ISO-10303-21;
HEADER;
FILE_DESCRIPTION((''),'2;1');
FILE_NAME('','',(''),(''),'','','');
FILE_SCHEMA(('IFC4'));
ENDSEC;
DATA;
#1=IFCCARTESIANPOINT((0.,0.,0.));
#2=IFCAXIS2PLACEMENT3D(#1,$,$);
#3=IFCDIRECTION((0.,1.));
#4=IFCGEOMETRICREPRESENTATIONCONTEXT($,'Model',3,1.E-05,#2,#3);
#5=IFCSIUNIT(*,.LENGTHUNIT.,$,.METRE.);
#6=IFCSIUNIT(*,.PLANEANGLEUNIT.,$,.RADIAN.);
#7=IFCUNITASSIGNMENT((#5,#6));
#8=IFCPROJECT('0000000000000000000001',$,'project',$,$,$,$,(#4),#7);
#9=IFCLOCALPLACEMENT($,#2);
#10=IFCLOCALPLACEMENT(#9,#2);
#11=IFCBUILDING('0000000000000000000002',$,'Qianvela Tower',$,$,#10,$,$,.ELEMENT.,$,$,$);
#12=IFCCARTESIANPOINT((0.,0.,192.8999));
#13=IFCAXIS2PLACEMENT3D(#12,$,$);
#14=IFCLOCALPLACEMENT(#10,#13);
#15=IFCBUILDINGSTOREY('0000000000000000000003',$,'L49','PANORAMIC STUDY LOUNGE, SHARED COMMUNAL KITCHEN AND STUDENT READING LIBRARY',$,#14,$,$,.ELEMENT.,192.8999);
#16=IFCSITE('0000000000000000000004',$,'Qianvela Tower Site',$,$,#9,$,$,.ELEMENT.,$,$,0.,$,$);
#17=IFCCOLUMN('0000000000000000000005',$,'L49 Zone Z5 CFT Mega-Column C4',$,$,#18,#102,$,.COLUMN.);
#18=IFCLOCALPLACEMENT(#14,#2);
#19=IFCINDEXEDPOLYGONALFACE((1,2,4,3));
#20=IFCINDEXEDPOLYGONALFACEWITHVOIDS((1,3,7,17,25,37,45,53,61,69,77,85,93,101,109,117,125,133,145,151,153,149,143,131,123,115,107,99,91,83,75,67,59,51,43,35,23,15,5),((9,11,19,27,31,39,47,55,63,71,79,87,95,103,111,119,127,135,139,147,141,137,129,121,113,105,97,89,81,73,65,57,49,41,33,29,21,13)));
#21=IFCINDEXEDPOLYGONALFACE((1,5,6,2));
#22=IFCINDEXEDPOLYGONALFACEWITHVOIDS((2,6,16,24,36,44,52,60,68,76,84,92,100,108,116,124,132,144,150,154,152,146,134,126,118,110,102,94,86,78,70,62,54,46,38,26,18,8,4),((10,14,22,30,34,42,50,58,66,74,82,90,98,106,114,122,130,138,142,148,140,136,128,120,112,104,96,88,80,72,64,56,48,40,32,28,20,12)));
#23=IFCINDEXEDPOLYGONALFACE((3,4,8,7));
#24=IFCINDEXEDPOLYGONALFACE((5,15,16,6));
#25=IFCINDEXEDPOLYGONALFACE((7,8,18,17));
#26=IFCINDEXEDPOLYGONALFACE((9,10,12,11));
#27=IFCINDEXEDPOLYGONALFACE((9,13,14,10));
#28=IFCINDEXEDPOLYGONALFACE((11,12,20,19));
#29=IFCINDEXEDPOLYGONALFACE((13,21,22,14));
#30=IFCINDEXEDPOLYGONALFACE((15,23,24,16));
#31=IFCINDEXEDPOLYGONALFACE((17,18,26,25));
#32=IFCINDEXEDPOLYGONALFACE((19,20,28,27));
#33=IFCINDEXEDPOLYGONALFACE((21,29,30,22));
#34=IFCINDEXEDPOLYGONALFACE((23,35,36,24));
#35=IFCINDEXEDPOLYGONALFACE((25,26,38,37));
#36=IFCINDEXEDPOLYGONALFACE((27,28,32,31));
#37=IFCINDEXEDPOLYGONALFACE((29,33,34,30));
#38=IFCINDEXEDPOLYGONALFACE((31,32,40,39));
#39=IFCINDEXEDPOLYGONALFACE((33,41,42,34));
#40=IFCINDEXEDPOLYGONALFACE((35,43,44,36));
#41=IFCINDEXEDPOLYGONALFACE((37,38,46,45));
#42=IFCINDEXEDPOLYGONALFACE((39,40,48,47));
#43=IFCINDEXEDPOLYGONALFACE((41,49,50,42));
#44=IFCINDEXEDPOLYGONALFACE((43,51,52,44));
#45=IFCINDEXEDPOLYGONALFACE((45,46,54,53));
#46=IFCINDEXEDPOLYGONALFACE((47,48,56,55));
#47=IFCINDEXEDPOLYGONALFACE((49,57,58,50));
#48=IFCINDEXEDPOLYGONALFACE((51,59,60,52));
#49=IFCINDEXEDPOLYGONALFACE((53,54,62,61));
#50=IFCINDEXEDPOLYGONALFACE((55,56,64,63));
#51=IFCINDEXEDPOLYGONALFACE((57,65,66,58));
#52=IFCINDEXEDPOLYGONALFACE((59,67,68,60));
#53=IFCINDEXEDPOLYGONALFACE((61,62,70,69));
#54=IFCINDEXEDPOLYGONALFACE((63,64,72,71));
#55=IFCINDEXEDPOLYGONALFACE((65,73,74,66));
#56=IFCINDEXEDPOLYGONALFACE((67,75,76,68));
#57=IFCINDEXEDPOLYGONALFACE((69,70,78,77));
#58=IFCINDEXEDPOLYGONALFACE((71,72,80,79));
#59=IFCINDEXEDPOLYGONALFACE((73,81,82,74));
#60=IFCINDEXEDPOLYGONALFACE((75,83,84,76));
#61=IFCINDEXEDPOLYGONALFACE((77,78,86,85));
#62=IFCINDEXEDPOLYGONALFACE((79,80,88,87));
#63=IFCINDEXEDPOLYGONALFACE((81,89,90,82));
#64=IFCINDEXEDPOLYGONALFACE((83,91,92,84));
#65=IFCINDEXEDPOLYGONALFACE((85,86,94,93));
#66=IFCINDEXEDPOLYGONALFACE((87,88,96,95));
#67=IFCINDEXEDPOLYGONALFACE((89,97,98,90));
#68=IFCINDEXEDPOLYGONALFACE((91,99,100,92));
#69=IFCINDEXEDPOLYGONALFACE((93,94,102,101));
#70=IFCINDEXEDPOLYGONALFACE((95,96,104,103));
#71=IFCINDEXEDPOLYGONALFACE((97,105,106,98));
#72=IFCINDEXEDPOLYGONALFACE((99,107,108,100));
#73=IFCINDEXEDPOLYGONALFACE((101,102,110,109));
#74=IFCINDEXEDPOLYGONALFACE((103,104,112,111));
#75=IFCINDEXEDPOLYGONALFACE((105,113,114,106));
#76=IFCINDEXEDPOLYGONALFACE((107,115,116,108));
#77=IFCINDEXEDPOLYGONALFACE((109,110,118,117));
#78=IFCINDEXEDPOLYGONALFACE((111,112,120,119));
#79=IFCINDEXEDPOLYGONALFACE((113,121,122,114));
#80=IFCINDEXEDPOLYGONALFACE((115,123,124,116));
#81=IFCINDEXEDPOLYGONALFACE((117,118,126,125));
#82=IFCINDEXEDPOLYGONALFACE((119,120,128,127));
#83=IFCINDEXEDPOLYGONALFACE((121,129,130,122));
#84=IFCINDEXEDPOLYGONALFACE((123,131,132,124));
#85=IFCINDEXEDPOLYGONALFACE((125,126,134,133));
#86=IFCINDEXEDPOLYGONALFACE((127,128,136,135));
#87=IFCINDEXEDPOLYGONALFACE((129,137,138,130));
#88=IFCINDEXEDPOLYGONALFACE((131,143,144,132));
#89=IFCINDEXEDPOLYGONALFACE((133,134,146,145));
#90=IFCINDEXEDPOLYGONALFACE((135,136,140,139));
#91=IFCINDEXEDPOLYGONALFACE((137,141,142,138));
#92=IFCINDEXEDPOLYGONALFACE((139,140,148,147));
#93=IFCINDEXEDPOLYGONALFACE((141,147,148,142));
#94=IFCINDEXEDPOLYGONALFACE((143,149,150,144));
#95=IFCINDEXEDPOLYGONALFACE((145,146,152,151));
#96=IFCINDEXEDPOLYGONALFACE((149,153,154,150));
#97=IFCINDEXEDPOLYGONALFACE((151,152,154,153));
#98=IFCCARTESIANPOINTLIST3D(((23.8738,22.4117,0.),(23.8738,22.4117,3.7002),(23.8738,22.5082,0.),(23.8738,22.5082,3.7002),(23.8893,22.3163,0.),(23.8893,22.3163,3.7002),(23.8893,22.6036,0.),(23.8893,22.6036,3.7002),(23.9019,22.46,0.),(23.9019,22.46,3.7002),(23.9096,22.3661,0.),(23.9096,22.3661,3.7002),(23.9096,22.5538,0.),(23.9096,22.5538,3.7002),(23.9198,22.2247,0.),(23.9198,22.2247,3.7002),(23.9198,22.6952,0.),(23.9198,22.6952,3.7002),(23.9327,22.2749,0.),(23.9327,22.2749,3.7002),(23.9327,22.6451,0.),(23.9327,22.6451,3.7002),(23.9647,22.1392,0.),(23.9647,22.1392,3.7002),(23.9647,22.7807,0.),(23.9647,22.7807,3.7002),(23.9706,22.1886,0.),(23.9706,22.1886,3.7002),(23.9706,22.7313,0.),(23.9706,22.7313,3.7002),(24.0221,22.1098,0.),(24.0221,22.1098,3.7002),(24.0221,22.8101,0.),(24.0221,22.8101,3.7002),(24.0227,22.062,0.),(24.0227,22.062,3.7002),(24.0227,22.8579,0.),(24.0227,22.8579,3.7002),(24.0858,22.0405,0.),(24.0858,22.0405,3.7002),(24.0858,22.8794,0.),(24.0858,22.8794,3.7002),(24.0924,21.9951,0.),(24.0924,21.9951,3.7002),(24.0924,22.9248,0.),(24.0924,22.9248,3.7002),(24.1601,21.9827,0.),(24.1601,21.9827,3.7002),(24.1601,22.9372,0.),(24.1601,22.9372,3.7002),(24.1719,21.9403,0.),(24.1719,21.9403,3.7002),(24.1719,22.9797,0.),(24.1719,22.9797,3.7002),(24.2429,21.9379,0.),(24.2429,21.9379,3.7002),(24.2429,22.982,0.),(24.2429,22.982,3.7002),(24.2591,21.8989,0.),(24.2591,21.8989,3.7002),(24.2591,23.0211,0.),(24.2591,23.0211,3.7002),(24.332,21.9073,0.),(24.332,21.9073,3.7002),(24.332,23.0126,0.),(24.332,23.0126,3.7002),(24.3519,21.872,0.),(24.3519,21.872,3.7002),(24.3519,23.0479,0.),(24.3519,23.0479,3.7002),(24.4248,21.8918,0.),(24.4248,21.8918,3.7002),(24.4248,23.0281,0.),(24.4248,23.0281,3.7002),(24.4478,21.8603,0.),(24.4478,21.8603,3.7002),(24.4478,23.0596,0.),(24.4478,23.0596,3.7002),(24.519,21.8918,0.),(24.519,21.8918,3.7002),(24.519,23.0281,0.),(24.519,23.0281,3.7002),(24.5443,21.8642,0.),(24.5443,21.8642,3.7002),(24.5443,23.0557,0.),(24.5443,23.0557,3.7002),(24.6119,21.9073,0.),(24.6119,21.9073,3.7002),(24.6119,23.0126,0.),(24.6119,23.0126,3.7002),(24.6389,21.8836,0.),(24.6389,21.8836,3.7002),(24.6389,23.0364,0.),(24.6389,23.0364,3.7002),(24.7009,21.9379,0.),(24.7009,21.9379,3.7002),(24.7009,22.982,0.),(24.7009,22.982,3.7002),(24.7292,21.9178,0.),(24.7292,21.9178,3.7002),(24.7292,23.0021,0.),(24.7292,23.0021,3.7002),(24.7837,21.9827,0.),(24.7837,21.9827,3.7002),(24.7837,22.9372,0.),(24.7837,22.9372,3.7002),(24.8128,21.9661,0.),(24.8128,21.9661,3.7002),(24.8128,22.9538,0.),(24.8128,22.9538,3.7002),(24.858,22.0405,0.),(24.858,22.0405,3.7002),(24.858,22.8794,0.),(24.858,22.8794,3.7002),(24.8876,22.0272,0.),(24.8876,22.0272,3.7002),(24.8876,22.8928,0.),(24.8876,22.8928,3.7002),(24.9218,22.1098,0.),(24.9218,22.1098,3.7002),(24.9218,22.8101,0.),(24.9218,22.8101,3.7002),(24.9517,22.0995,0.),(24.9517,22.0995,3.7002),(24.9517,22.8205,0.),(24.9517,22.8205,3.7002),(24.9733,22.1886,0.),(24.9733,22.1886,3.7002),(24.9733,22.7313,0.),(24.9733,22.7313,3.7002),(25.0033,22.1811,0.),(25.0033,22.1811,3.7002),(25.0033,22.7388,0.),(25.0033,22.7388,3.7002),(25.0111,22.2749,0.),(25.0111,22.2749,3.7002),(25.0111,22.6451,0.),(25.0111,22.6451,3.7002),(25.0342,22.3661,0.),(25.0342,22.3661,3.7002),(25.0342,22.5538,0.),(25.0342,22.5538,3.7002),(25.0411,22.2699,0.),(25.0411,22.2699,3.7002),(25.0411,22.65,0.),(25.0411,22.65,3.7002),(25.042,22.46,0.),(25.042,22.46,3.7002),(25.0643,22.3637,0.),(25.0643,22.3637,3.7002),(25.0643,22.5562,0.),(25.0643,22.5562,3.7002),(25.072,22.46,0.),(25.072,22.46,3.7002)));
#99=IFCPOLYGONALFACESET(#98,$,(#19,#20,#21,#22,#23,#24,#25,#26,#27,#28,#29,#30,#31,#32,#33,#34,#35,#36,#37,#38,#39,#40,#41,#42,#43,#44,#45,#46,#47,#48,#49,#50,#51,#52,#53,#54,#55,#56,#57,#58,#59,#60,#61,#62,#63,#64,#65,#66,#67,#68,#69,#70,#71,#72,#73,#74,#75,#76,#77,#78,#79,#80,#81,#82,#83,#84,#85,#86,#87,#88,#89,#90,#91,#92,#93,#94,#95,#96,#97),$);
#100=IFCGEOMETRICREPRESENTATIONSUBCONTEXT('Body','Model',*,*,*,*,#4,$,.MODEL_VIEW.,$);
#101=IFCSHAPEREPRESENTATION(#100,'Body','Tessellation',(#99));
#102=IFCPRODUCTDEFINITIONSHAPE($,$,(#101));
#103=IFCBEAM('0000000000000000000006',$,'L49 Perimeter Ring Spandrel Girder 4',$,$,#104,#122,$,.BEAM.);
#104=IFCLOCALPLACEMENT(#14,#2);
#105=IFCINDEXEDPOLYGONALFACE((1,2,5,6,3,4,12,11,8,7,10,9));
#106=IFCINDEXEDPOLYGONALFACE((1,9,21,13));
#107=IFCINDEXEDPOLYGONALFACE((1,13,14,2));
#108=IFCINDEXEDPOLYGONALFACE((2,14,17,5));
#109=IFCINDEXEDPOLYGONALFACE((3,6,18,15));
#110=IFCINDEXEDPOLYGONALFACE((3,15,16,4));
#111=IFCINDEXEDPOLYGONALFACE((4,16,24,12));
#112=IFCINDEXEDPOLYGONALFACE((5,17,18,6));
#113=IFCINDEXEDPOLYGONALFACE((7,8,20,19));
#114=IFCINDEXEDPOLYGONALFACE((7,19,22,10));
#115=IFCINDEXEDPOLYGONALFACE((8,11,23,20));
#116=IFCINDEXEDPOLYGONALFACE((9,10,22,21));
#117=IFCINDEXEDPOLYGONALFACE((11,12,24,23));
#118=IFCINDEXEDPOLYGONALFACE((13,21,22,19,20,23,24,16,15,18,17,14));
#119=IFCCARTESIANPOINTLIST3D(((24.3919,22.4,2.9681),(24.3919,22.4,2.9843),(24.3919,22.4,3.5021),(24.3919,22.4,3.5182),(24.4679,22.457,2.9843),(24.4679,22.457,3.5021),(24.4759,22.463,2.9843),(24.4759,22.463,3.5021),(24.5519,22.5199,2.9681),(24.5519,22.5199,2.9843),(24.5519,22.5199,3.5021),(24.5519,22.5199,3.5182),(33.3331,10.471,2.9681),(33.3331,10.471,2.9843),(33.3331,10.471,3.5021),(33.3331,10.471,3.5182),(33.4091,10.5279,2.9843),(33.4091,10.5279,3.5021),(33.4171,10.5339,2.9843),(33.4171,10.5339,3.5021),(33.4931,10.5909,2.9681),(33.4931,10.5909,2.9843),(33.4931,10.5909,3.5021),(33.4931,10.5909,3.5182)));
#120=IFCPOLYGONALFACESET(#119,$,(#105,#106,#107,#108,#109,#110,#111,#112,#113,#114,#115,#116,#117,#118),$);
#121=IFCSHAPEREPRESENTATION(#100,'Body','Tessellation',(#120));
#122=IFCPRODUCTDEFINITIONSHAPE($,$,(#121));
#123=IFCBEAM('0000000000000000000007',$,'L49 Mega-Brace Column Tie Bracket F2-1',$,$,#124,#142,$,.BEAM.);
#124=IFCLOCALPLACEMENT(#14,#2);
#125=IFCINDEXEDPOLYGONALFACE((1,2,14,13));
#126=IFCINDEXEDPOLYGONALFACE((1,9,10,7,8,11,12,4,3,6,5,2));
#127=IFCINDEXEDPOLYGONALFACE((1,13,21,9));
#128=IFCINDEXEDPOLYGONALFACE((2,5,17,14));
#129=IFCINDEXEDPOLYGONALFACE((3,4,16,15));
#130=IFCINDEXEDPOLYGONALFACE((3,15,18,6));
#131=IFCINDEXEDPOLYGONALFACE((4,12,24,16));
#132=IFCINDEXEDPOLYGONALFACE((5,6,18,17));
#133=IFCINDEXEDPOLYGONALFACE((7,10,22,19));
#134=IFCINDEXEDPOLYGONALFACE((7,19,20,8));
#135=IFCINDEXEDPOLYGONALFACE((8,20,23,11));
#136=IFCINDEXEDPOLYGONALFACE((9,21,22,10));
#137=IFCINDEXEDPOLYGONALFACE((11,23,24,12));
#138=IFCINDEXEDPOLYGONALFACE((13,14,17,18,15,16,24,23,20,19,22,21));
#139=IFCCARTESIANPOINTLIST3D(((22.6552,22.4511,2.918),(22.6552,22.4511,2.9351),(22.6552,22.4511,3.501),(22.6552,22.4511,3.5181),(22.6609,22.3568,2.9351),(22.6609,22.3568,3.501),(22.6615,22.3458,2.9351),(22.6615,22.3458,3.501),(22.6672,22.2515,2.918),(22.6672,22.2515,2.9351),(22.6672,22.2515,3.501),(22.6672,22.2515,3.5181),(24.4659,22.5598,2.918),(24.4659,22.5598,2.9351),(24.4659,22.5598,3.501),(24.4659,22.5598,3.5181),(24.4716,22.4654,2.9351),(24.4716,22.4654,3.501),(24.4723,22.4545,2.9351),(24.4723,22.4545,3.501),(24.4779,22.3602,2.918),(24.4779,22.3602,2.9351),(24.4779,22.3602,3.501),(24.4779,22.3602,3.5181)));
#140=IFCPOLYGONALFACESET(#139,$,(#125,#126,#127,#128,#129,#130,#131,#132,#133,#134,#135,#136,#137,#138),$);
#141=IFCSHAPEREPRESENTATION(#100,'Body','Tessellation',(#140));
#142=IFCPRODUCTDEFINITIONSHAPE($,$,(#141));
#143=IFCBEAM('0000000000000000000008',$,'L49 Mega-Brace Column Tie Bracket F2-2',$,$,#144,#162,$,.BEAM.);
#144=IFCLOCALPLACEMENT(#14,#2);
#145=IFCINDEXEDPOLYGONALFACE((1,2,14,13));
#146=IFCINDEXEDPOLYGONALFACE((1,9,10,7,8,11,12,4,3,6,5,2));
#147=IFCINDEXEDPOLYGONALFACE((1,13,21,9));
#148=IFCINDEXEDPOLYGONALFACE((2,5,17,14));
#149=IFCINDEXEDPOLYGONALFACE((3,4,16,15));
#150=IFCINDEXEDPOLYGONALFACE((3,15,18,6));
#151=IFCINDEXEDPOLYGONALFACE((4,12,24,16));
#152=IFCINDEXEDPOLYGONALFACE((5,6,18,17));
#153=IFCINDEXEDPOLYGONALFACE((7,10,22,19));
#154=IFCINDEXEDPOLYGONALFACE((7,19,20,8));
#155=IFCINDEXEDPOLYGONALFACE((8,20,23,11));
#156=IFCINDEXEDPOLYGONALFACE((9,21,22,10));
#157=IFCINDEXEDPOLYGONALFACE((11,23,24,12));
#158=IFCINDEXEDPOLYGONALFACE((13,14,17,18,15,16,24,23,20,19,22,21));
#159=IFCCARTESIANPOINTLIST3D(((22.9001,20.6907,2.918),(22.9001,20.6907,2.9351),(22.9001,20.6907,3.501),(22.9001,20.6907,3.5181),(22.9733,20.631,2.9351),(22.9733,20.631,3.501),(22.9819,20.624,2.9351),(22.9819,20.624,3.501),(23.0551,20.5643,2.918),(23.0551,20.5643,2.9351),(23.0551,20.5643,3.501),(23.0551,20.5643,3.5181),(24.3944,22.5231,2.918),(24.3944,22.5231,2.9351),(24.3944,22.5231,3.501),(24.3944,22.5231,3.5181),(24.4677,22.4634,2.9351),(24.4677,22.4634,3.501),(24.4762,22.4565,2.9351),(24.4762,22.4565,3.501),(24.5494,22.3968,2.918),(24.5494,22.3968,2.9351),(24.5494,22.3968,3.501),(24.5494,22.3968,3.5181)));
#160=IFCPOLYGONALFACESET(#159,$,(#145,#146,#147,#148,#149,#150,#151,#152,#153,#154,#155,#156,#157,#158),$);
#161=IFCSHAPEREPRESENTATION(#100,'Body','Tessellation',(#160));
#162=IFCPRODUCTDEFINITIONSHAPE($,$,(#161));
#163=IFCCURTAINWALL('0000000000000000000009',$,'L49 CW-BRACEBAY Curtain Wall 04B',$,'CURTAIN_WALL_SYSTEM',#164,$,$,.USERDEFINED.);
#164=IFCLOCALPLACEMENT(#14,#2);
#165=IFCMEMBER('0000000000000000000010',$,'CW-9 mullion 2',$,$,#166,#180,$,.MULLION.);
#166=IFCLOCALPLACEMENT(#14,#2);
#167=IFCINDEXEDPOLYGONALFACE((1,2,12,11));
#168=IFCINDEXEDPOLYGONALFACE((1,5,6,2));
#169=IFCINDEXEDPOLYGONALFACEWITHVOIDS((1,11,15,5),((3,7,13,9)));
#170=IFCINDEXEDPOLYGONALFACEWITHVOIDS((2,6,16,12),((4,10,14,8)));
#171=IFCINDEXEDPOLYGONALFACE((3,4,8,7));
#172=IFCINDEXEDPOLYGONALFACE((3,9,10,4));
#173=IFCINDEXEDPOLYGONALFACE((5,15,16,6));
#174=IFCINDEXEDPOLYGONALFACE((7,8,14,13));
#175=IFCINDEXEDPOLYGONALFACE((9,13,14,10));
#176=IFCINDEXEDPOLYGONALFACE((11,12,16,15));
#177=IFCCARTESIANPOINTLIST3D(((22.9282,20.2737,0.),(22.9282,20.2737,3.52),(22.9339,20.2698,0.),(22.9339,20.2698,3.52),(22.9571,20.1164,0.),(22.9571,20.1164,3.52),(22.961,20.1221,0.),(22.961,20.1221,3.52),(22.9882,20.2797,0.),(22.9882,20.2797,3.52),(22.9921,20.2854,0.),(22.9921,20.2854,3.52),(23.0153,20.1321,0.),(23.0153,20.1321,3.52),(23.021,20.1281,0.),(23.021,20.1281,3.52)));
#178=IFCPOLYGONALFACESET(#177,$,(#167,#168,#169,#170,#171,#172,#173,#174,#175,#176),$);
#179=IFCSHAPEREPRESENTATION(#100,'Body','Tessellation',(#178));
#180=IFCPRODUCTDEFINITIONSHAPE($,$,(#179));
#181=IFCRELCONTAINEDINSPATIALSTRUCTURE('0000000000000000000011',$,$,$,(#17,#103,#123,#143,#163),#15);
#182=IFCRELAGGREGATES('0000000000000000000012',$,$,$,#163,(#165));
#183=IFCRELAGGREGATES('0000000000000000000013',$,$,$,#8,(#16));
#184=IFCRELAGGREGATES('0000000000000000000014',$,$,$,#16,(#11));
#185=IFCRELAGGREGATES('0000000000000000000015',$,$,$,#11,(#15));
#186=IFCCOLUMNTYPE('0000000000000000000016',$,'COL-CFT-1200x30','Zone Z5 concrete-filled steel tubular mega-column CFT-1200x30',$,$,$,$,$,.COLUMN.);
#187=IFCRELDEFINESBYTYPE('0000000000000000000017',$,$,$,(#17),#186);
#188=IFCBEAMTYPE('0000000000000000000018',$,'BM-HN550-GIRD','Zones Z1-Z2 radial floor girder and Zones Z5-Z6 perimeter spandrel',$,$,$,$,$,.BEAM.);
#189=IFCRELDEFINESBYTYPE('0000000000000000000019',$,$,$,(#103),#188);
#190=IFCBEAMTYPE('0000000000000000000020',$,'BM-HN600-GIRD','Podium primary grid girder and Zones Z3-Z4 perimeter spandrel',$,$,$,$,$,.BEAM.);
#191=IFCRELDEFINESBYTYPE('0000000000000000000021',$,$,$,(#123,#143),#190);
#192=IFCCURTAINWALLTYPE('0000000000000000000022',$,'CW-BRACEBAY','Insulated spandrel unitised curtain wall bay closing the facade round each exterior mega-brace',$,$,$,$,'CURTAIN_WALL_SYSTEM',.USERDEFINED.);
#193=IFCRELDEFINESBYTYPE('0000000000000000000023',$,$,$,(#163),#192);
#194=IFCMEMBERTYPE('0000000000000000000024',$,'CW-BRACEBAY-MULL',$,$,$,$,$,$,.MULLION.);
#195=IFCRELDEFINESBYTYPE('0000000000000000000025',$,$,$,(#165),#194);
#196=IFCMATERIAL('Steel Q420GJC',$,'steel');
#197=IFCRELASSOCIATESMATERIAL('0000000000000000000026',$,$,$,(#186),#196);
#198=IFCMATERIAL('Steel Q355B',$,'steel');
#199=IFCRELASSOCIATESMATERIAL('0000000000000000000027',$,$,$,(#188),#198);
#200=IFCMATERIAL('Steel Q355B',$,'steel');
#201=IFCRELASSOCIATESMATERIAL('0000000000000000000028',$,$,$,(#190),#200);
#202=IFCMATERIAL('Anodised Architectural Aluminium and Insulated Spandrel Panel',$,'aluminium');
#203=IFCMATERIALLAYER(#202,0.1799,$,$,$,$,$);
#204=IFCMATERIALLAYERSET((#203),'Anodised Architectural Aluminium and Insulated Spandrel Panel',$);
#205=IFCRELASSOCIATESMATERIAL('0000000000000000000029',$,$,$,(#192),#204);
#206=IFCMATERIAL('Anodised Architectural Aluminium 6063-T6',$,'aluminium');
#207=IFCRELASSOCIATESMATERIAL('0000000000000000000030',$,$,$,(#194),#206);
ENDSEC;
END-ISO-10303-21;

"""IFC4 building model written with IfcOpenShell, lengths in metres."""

from ifc_helpers import new_model, si_unit, direction, frame, origin, origin_2d, place, context, subcontext, project, spatial, hollow_rectangle, hollow_circle, i_section, extrude, material, layer, layer_set, material_profile, profile_set, type_object, element, aggregate, save


model = new_model("IFC4")

# Units and contexts
model_context = context("Model", 3, precision=1e-05, world=origin(), true_north=direction((0.0, 1.0)))
body_context = subcontext(model_context, "Body", "Model", "MODEL_VIEW")
ifc_project = project(units=[si_unit("LENGTHUNIT", "METRE"), si_unit("PLANEANGLEUNIT", "RADIAN")], contexts=[model_context])

# Site, building, storey
site_placement = place(None, origin())
site = spatial("IfcSite", under=ifc_project, at=site_placement, Name="Qianvela Tower Site", CompositionType="ELEMENT", RefElevation=0.0)
building_placement = place(site_placement, origin())
building = spatial("IfcBuilding", under=site, at=building_placement, Name="Qianvela Tower", CompositionType="ELEMENT")
storey_placement = place(building_placement, frame((0.0, 0.0, 192.8999)))
storey = spatial("IfcBuildingStorey", under=building, at=storey_placement, Name="L49", Description="PANORAMIC STUDY LOUNGE, SHARED COMMUNAL KITCHEN AND STUDENT READING LIBRARY", CompositionType="ELEMENT", Elevation=192.8999)

# Column
ifc_material_1 = material(Name="Steel Q420GJC", Category="steel")
ifc_material_profile_1 = material_profile(ifc_material_1, hollow_circle(Radius=0.6001, WallThickness=0.03, at=origin_2d()), Name="CFT-1200x30")
ifc_profile_set_1 = profile_set([ifc_material_profile_1], Name="Steel Q420GJC")
column_type = type_object("IfcColumnType", Name="COL-CFT-1200x30", Description="Zone Z5 concrete-filled steel tubular mega-column CFT-1200x30", PredefinedType="COLUMN", material=ifc_profile_set_1)
column_placement = place(storey_placement, frame((24.4719, 22.46, 0.0), z_axis=(0.0, 0.0, 1.0), x_axis=(1.0, 0.0, 0.0)))
element("IfcColumn", 1, at=column_placement, inside=storey, type_object=column_type, Name="L49 Zone Z5 CFT Mega-Column C4", PredefinedType="COLUMN", context=body_context, shape_type="SweptSolid", body=[
    extrude(hollow_circle(Radius=0.6001, WallThickness=0.03, at=origin_2d()), origin(), (0.0, 0.0, 1.0), 3.7002),
])

# Beams
ifc_material_2 = material(Name="Steel Q355B", Category="steel")
ifc_material_profile_2 = material_profile(ifc_material_2, i_section(OverallWidth=0.2, OverallDepth=0.55, WebThickness=0.01, FlangeThickness=0.0161, at=origin_2d()), Name="HN550x200x10x16")
ifc_profile_set_2 = profile_set([ifc_material_profile_2], Name="Steel Q355B")
beam_type_1 = type_object("IfcBeamType", Name="BM-HN550-GIRD", Description="Zones Z1-Z2 radial floor girder and Zones Z5-Z6 perimeter spandrel", PredefinedType="BEAM", material=ifc_profile_set_2)
beam_1_placement = place(storey_placement, frame((24.4719, 22.46, 3.2432), z_axis=(0.599762, -0.800179, 0.0), x_axis=(0.800179, 0.599762, 0.0)))
element("IfcBeam", 2, at=beam_1_placement, inside=storey, type_object=beam_type_1, Name="L49 Perimeter Ring Spandrel Girder 4", PredefinedType="BEAM", context=body_context, shape_type="SweptSolid", body=[
    extrude(i_section(OverallWidth=0.2, OverallDepth=0.55, WebThickness=0.01, FlangeThickness=0.0161, at=origin_2d()), origin(), (0.0, 0.0, 1.0), 14.908),
])
ifc_material_3 = material(Name="Steel Q355B", Category="steel")
ifc_material_profile_3 = material_profile(ifc_material_3, i_section(OverallWidth=0.2, OverallDepth=0.6001, WebThickness=0.011, FlangeThickness=0.0171, at=origin_2d()), Name="HN600x200x11x17")
ifc_profile_set_3 = profile_set([ifc_material_profile_3], Name="Steel Q355B")
beam_type_2 = type_object("IfcBeamType", Name="BM-HN600-GIRD", Description="Podium primary grid girder and Zones Z3-Z4 perimeter spandrel", PredefinedType="BEAM", material=ifc_profile_set_3)
beam_2_placement = place(storey_placement, frame((24.4719, 22.46, 3.218), z_axis=(-0.998205, -0.05989, 0.0), x_axis=(0.05989, -0.998205, 0.0)))
element("IfcBeam", 3, at=beam_2_placement, inside=storey, type_object=beam_type_2, Name="L49 Mega-Brace Column Tie Bracket F2-1", PredefinedType="BEAM", context=body_context, shape_type="SweptSolid", body=[
    extrude(i_section(OverallWidth=0.2, OverallDepth=0.6001, WebThickness=0.011, FlangeThickness=0.0171, at=origin_2d()), origin(), (0.0, 0.0, 1.0), 1.814),
])
beam_3_placement = place(storey_placement, frame((24.4719, 22.46, 3.218), z_axis=(-0.631983, -0.774982, 0.0), x_axis=(0.774982, -0.631983, 0.0)))
element("IfcBeam", 4, at=beam_3_placement, inside=storey, type_object=beam_type_2, Name="L49 Mega-Brace Column Tie Bracket F2-2", PredefinedType="BEAM", context=body_context, shape_type="SweptSolid", body=[
    extrude(i_section(OverallWidth=0.2, OverallDepth=0.6001, WebThickness=0.011, FlangeThickness=0.0171, at=origin_2d()), origin(), (0.0, 0.0, 1.0), 2.3645),
])

# Curtain wall, member
ifc_material_4 = material(Name="Anodised Architectural Aluminium and Insulated Spandrel Panel", Category="aluminium")
ifc_layer_1 = layer(ifc_material_4, 0.1799)
ifc_layer_set_1 = layer_set([ifc_layer_1], Name="Anodised Architectural Aluminium and Insulated Spandrel Panel")
curtain_wall_type_1 = type_object("IfcCurtainWallType", Name="CW-BRACEBAY", Description="Insulated spandrel unitised curtain wall bay closing the facade round each exterior mega-brace", ElementType="CURTAIN_WALL_SYSTEM", PredefinedType="USERDEFINED", material=ifc_layer_set_1)
curtain_wall_1_placement = place(storey_placement, origin())
curtain_wall_1 = element("IfcCurtainWall", 5, at=curtain_wall_1_placement, inside=storey, type_object=curtain_wall_type_1, Name="L49 CW-BRACEBAY Curtain Wall 04B", ObjectType="CURTAIN_WALL_SYSTEM", PredefinedType="USERDEFINED")
ifc_material_5 = material(Name="Anodised Architectural Aluminium 6063-T6", Category="aluminium")
ifc_material_profile_4 = material_profile(ifc_material_5, hollow_rectangle(XDim=0.0649, YDim=0.1599, WallThickness=0.0049, at=origin_2d()), Name="ALU-MULL-65x160")
ifc_profile_set_4 = profile_set([ifc_material_profile_4], Name="Anodised Architectural Aluminium 6063-T6")
member_type_1 = type_object("IfcMemberType", Name="CW-BRACEBAY-MULL", PredefinedType="MULLION", material=ifc_profile_set_4)
member_1_placement = place(storey_placement, frame((22.9746, 20.2009, 0.0), z_axis=(0.0, 0.0, 1.0), x_axis=(0.983571, 0.180524, 0.0)))
member_1 = element("IfcMember", 6, at=member_1_placement, type_object=member_type_1, Name="CW-9 mullion 2", PredefinedType="MULLION", context=body_context, shape_type="SweptSolid", body=[
    extrude(hollow_rectangle(XDim=0.0649, YDim=0.1599, WallThickness=0.0049, at=origin_2d()), origin(), (0.0, 0.0, 1.0), 3.52),
])

aggregate(curtain_wall_1, [member_1])

save(model, "model.ifc")
